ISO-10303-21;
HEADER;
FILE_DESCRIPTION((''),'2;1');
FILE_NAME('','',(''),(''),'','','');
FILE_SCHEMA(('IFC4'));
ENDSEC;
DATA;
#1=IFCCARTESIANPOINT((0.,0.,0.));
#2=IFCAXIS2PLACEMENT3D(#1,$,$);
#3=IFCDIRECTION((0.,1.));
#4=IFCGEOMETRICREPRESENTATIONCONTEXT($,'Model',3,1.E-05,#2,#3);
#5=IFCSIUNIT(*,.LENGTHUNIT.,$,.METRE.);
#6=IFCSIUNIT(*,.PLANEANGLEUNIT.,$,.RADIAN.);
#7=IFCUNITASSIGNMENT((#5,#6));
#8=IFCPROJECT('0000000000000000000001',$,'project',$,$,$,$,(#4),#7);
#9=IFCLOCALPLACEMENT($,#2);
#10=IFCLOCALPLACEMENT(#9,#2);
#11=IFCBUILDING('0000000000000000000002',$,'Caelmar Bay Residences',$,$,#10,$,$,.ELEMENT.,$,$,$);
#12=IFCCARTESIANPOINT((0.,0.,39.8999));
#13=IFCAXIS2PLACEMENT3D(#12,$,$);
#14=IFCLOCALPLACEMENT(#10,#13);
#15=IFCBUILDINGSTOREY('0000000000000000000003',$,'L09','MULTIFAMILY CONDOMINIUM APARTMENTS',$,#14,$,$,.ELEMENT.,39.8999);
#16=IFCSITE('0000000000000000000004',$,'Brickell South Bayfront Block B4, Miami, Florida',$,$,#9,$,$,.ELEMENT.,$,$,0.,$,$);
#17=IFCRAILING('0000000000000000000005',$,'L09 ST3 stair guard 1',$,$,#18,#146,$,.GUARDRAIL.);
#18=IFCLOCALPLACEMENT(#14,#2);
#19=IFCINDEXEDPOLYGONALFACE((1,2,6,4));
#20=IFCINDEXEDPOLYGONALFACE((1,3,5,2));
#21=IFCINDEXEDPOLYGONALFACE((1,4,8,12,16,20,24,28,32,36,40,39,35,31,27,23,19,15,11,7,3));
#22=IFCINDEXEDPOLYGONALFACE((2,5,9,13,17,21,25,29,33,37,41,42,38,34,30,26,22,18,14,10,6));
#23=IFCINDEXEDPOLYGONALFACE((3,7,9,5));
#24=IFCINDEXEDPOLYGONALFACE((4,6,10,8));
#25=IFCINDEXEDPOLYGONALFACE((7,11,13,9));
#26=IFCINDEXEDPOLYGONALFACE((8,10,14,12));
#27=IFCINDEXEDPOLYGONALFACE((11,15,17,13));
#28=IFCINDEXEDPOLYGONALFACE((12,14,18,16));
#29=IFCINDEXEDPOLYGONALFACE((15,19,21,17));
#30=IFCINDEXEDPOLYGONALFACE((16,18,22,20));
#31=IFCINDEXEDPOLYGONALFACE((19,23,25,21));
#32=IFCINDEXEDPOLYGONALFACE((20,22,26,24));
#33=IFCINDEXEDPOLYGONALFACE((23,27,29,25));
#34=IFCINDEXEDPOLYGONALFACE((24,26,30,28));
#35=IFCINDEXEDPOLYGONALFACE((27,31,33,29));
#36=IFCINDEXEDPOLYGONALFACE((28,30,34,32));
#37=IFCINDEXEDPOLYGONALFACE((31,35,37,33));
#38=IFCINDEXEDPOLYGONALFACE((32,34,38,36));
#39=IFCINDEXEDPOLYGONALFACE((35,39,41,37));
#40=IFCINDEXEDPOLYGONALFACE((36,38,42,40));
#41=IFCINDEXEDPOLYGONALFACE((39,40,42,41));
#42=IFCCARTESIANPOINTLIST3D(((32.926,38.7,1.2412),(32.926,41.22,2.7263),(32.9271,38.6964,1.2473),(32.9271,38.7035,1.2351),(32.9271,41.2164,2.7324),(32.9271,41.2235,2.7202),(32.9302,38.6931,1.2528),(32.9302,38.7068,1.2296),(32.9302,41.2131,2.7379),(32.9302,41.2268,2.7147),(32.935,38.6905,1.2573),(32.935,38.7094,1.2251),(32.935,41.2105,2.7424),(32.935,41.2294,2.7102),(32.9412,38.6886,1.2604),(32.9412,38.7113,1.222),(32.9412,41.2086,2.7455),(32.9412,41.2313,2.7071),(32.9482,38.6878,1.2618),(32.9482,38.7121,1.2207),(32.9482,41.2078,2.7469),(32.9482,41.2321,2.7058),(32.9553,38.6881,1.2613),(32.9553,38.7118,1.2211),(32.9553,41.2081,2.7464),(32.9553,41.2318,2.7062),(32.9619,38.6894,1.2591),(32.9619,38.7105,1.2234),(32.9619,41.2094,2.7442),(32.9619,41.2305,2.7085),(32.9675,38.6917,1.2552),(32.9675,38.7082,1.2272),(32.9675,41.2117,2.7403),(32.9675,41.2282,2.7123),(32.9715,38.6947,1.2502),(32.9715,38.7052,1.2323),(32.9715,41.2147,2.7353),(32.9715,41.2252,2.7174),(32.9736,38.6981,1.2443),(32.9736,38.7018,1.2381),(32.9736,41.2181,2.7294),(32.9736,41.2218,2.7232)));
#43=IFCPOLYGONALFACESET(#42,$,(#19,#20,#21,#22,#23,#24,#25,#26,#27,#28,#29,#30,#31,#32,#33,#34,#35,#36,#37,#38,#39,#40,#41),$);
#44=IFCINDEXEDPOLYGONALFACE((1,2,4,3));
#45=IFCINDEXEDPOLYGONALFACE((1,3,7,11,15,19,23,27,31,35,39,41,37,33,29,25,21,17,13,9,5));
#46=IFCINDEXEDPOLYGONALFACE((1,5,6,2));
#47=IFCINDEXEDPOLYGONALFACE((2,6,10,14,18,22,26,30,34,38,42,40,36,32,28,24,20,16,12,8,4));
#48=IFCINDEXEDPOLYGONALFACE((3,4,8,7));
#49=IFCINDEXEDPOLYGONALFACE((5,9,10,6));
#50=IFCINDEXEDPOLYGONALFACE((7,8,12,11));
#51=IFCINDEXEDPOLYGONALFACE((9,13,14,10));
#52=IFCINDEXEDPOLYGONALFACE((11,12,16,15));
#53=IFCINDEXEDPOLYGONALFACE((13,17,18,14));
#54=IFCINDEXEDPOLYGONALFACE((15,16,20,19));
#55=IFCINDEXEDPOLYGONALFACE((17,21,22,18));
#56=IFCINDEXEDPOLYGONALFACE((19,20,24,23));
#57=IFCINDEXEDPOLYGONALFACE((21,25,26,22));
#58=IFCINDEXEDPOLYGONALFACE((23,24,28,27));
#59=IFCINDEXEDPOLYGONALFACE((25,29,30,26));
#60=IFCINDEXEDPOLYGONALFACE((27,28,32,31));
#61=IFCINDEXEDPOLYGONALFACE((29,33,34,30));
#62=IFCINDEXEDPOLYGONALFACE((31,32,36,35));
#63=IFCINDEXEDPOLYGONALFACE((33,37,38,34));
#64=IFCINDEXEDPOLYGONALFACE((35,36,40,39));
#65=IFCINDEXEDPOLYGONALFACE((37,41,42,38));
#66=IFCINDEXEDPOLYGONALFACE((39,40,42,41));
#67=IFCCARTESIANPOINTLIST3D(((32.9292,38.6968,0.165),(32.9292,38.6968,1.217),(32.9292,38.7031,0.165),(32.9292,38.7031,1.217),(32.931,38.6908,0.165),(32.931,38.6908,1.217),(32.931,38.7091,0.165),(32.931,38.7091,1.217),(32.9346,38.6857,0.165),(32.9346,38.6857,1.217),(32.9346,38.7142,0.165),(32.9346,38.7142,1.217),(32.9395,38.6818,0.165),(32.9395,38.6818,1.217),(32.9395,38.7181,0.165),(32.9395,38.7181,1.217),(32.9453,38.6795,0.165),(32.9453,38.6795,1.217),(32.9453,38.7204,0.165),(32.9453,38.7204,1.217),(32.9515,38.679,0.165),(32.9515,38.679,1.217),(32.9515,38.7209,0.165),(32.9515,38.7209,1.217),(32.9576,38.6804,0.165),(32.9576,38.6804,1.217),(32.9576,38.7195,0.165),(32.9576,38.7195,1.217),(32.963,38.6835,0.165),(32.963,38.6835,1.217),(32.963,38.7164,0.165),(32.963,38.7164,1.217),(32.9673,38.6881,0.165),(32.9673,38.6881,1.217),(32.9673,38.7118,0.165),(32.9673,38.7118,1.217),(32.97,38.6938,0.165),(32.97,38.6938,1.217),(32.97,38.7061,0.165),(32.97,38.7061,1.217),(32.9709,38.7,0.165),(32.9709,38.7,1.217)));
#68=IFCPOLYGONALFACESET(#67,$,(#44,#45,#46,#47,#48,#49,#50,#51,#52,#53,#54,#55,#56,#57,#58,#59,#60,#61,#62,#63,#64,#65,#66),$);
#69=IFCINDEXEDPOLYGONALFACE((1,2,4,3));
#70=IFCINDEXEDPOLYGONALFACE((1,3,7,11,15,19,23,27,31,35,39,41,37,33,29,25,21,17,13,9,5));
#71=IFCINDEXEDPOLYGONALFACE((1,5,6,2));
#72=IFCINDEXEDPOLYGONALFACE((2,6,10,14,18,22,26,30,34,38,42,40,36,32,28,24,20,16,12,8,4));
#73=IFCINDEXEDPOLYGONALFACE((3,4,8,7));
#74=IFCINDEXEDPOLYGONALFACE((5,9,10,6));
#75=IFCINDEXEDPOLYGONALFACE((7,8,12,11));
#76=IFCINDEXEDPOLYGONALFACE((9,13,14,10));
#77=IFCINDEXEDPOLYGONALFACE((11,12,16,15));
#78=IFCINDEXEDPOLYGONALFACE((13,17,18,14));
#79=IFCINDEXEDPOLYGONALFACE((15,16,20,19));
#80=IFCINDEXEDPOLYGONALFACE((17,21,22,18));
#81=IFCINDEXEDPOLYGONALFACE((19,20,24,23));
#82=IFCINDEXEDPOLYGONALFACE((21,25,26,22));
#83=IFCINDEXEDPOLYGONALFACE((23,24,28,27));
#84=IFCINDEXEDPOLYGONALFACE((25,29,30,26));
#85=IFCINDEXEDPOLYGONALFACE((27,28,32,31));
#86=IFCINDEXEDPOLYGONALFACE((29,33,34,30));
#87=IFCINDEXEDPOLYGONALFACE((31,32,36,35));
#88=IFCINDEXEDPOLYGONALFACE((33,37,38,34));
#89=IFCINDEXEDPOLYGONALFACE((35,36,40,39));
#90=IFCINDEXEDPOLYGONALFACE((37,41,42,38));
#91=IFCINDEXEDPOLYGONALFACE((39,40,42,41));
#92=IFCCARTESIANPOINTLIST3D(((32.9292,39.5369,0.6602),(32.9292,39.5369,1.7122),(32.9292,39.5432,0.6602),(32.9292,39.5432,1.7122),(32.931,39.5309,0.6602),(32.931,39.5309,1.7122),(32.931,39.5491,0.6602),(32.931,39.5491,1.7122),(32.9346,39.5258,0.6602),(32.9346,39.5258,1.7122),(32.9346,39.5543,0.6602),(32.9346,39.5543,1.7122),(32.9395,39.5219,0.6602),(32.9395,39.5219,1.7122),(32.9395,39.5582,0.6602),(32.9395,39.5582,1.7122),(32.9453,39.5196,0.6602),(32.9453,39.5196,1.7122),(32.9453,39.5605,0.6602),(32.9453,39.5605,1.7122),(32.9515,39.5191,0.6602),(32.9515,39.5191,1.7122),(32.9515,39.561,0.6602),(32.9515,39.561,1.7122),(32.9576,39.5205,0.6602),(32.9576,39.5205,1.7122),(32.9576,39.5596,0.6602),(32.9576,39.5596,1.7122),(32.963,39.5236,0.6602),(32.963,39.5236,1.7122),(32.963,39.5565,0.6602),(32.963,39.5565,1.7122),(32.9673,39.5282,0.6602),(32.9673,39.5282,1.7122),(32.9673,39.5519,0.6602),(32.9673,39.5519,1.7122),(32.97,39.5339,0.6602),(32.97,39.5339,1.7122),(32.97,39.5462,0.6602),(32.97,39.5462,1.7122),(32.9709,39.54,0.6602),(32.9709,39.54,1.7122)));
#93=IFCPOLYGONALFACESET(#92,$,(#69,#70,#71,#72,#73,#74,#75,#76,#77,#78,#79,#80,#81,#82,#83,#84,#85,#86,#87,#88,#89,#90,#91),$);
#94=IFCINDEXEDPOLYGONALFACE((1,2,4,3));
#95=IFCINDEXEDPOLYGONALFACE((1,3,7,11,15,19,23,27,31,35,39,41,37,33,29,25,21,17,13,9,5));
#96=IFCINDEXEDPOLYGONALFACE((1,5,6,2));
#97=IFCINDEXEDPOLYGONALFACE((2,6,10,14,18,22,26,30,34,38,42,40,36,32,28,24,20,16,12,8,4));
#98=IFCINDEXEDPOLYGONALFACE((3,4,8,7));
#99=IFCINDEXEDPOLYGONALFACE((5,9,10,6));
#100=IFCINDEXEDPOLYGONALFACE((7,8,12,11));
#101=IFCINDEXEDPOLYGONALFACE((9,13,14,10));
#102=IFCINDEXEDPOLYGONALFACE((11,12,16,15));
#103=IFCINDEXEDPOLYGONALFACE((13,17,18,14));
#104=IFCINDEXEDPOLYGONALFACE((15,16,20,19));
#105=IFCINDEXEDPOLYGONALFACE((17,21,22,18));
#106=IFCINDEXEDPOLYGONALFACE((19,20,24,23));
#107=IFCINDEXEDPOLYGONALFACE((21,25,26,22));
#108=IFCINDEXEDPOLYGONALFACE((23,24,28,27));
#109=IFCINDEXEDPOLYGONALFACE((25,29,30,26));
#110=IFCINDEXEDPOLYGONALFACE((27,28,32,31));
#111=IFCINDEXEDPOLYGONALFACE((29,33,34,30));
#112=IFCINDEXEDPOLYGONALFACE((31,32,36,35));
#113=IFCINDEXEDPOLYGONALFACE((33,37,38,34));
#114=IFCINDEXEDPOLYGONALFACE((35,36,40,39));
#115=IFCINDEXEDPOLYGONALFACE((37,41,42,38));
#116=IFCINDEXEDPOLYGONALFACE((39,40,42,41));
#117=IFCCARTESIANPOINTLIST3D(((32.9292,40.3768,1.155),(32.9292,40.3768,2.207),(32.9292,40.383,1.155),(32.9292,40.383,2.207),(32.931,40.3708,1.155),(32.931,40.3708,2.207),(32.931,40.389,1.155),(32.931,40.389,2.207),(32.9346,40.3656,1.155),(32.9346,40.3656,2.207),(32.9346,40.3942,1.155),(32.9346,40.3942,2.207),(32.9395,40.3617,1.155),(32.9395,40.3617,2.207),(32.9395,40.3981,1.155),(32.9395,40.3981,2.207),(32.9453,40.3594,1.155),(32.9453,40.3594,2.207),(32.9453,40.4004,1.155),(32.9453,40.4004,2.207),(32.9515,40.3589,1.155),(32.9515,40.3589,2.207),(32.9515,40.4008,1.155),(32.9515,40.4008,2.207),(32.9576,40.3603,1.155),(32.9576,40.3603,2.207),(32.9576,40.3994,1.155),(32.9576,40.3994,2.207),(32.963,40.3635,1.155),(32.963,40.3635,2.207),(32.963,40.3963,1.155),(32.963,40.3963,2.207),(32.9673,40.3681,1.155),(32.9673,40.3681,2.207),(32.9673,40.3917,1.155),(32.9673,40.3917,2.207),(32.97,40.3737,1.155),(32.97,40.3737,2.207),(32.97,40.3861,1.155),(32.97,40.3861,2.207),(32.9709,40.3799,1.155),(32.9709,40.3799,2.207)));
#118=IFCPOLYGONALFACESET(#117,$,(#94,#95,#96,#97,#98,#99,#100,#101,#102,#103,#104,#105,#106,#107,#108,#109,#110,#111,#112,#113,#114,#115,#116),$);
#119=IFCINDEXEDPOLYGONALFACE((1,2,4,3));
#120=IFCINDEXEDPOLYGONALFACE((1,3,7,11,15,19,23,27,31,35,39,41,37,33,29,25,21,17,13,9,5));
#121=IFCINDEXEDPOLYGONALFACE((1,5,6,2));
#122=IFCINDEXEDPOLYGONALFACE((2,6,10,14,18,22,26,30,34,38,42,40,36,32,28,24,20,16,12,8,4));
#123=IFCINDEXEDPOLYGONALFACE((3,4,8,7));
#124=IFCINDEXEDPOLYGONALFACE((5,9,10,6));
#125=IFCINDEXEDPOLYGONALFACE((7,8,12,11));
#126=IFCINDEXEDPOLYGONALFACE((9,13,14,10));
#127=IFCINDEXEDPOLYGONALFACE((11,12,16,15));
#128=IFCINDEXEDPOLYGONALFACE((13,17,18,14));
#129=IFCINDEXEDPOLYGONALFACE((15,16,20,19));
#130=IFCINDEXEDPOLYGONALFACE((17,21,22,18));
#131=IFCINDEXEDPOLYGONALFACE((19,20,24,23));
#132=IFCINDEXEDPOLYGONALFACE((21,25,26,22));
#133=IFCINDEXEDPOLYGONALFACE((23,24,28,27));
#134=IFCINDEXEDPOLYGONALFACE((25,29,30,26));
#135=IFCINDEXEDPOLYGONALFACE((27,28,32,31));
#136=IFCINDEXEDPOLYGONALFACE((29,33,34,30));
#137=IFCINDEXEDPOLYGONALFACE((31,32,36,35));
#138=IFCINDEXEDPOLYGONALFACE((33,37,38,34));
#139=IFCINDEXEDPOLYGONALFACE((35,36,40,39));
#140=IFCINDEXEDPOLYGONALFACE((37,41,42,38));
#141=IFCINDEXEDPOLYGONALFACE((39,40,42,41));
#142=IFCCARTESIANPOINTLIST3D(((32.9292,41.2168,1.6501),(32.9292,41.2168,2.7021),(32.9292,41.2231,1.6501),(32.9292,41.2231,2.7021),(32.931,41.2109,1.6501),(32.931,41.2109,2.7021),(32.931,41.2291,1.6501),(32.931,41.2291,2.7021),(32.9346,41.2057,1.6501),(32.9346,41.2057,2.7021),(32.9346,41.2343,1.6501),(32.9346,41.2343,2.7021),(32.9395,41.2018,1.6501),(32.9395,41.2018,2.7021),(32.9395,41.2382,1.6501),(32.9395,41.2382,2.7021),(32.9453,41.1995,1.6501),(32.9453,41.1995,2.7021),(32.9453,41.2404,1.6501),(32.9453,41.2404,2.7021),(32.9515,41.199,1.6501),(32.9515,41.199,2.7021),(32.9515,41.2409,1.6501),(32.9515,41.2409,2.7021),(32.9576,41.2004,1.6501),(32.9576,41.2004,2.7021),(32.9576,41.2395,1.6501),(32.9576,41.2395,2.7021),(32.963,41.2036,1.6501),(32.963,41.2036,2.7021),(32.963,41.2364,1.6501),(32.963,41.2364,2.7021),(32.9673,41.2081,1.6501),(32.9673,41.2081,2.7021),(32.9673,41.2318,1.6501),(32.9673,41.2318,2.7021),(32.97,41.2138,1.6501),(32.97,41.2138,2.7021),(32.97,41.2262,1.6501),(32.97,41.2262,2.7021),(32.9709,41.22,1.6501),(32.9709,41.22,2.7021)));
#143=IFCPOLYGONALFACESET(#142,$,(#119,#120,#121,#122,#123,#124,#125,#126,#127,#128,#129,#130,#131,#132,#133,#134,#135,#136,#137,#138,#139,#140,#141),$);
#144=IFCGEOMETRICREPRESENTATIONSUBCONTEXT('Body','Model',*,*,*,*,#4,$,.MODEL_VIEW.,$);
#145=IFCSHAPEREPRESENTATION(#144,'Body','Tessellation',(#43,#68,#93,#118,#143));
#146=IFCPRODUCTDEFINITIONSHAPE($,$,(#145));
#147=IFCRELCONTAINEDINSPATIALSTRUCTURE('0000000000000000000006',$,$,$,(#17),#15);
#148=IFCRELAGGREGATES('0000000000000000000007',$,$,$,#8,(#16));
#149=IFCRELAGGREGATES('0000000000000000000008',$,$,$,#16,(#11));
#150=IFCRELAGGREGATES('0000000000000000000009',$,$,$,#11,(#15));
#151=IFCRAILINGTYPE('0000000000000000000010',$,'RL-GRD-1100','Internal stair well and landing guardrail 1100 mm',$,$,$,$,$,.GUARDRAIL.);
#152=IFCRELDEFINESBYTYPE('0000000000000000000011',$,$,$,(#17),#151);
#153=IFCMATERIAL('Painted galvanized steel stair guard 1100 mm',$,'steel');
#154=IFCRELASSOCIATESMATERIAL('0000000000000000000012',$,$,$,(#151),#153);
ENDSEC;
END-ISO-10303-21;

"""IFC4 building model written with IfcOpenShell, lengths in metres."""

from ifc_helpers import new_model, si_unit, direction, frame, origin, origin_2d, place, context, subcontext, project, spatial, circle, extrude, material, type_object, element, save


model = new_model("IFC4")

# Units and contexts
model_context = context("Model", 3, precision=1e-05, world=origin(), true_north=direction((0.0, 1.0)))
body_context = subcontext(model_context, "Body", "Model", "MODEL_VIEW")
ifc_project = project(units=[si_unit("LENGTHUNIT", "METRE"), si_unit("PLANEANGLEUNIT", "RADIAN")], contexts=[model_context])

# Site, building, storey
site_placement = place(None, origin())
site = spatial("IfcSite", under=ifc_project, at=site_placement, Name="Brickell South Bayfront Block B4, Miami, Florida", CompositionType="ELEMENT", RefElevation=0.0)
building_placement = place(site_placement, origin())
building = spatial("IfcBuilding", under=site, at=building_placement, Name="Caelmar Bay Residences", CompositionType="ELEMENT")
storey_placement = place(building_placement, frame((0.0, 0.0, 39.8999)))
storey = spatial("IfcBuildingStorey", under=building, at=storey_placement, Name="L09", Description="MULTIFAMILY CONDOMINIUM APARTMENTS", CompositionType="ELEMENT", Elevation=39.8999)

# Railing
ifc_material_1 = material(Name="Painted galvanized steel stair guard 1100 mm", Category="steel")
railing_type_1 = type_object("IfcRailingType", Name="RL-GRD-1100", Description="Internal stair well and landing guardrail 1100 mm", PredefinedType="GUARDRAIL", material=ifc_material_1)
railing_1_placement = place(storey_placement, frame((32.95, 38.7, 0.165)))
element("IfcRailing", 1, at=railing_1_placement, inside=storey, type_object=railing_type_1, Name="L09 ST3 stair guard 1", PredefinedType="GUARDRAIL", context=body_context, shape_type="SweptSolid", body=[
    extrude(circle(Radius=0.0239, at=origin_2d()), frame((0.0, 0.0, 1.0762), z_axis=(0.0, 0.861524, 0.507717), x_axis=(-1.0, 0.0, 0.0)), (0.0, 0.0, 1.0), 2.925),
    extrude(circle(Radius=0.021, at=origin_2d()), origin(), (0.0, 0.0, 1.0), 1.052),
    extrude(circle(Radius=0.021, at=origin_2d()), frame((0.0, 0.8401, 0.4951)), (0.0, 0.0, 1.0), 1.052),
    extrude(circle(Radius=0.021, at=origin_2d()), frame((0.0, 1.6799, 0.99)), (0.0, 0.0, 1.0), 1.052),
    extrude(circle(Radius=0.021, at=origin_2d()), frame((0.0, 2.52, 1.4851)), (0.0, 0.0, 1.0), 1.052),
])

save(model, "model.ifc")
